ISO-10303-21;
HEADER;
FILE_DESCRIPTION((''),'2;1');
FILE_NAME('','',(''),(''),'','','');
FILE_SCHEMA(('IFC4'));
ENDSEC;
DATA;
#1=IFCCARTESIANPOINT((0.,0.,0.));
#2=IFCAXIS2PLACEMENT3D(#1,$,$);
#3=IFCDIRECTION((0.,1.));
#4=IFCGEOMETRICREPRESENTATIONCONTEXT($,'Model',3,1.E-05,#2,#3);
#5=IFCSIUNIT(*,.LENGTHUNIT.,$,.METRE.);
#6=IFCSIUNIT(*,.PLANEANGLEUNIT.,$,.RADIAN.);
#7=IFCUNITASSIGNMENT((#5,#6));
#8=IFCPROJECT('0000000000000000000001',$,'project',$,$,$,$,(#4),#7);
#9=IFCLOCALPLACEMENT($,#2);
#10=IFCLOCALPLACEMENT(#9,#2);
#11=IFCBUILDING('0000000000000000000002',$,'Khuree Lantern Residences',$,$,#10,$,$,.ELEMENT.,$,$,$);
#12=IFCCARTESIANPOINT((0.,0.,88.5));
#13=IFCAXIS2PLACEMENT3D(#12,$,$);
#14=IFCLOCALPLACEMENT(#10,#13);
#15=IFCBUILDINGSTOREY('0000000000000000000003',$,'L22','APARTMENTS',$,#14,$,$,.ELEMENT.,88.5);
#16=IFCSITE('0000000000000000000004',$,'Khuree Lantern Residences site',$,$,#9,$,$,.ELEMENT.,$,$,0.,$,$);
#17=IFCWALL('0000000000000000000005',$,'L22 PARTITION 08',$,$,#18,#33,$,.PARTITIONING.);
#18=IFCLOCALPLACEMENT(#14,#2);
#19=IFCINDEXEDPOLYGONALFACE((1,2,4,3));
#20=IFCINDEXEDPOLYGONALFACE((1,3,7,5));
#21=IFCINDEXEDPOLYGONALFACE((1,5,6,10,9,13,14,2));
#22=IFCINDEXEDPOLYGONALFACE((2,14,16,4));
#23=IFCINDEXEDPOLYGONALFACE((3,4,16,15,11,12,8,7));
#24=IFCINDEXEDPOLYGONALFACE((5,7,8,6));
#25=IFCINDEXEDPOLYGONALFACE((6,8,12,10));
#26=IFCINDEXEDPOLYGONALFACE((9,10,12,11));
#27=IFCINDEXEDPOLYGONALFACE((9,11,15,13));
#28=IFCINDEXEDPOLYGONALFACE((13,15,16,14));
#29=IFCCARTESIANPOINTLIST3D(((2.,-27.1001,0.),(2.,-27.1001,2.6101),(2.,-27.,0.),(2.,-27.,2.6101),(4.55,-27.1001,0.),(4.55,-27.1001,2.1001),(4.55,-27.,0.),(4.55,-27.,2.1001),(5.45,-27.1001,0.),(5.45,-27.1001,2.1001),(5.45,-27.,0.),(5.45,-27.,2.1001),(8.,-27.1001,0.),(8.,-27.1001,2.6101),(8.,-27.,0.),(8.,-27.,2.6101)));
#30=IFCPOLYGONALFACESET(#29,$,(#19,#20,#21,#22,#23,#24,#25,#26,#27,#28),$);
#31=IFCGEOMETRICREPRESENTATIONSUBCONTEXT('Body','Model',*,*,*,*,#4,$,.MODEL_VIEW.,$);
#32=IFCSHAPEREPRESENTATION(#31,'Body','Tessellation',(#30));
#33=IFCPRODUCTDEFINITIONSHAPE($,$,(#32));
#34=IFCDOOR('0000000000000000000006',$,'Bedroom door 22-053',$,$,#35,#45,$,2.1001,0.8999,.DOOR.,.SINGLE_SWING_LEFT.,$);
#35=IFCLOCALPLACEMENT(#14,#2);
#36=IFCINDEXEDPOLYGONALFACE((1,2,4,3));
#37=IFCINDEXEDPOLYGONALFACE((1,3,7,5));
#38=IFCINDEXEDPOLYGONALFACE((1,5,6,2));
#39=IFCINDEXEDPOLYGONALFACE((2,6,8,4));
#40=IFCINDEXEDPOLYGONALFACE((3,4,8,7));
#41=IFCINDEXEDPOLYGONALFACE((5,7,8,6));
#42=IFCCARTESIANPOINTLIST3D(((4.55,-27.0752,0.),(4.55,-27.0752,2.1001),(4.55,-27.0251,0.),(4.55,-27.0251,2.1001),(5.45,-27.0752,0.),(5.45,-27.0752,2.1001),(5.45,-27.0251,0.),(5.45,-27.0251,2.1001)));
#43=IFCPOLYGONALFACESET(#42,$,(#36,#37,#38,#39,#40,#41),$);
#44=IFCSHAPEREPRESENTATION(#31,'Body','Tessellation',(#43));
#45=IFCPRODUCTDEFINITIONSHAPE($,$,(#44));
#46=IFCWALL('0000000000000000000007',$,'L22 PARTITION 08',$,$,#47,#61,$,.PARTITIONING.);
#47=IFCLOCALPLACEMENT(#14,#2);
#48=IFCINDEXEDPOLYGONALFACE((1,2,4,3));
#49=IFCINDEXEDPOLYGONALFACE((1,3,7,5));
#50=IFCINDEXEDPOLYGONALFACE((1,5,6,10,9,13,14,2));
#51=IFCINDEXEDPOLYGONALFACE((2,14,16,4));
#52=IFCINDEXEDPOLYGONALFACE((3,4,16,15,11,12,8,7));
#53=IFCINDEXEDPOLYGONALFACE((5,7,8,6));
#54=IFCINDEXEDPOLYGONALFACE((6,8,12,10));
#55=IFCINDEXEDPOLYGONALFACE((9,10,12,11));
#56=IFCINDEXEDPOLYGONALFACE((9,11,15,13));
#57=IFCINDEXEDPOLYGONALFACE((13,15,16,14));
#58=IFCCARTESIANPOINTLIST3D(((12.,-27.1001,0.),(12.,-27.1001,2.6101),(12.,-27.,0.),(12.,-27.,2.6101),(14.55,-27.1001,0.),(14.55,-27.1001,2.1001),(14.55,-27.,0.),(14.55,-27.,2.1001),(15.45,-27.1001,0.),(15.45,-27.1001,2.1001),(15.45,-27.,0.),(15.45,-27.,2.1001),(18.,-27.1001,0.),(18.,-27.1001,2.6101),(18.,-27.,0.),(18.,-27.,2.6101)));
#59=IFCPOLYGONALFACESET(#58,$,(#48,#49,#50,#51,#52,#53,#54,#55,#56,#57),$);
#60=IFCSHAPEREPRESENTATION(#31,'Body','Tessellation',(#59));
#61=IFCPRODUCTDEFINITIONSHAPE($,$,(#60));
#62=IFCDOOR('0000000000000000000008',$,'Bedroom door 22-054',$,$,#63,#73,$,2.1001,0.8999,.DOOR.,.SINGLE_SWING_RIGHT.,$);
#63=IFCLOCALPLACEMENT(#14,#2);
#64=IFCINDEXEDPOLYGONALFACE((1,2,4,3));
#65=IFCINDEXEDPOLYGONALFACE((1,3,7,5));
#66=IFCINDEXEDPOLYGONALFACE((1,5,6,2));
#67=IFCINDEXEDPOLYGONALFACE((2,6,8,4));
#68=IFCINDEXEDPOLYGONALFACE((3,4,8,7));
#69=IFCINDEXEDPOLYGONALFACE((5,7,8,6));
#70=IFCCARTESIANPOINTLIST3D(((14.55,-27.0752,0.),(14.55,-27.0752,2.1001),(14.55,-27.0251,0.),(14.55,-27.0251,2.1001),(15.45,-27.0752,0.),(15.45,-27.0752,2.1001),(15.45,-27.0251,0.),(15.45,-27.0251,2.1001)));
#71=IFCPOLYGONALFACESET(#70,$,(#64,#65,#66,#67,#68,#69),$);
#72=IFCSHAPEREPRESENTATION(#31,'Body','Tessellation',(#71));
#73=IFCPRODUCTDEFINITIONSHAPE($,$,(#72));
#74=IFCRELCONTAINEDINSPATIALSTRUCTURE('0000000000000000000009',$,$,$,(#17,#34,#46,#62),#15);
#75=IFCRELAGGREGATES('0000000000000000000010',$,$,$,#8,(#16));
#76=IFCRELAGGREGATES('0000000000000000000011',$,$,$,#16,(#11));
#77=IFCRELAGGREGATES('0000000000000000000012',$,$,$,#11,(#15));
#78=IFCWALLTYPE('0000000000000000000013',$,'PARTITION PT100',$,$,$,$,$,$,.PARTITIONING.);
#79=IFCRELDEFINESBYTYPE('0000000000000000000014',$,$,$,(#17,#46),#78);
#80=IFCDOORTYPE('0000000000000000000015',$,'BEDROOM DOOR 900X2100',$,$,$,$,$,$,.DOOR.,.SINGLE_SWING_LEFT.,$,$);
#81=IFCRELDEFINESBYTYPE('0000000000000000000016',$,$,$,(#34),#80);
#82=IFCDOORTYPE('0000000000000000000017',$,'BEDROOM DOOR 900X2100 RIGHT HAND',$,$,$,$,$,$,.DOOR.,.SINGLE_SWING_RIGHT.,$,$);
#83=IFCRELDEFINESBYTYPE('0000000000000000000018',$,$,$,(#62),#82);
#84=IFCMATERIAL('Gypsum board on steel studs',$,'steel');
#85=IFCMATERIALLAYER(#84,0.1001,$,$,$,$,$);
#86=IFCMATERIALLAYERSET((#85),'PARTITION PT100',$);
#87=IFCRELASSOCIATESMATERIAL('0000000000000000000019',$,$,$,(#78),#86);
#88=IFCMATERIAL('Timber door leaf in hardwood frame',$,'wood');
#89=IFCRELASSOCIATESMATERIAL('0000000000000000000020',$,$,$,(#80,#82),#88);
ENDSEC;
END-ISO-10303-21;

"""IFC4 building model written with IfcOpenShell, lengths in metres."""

from ifc_helpers import new_model, si_unit, direction, frame, frame_2d, origin, place, context, subcontext, project, spatial, rectangle, extrude, material, layer, layer_set, type_object, element, fill, save


model = new_model("IFC4")

# Units and contexts
model_context = context("Model", 3, precision=1e-05, world=origin(), true_north=direction((0.0, 1.0)))
body_context = subcontext(model_context, "Body", "Model", "MODEL_VIEW")
ifc_project = project(units=[si_unit("LENGTHUNIT", "METRE"), si_unit("PLANEANGLEUNIT", "RADIAN")], contexts=[model_context])

# Site, building, storey
site_placement = place(None, origin())
site = spatial("IfcSite", under=ifc_project, at=site_placement, Name="Khuree Lantern Residences site", CompositionType="ELEMENT", RefElevation=0.0)
building_placement = place(site_placement, origin())
building = spatial("IfcBuilding", under=site, at=building_placement, Name="Khuree Lantern Residences", CompositionType="ELEMENT")
storey_placement = place(building_placement, frame((0.0, 0.0, 88.5)))
storey = spatial("IfcBuildingStorey", under=building, at=storey_placement, Name="L22", Description="APARTMENTS", CompositionType="ELEMENT", Elevation=88.5)

# Shared definitions
ifc_material_1 = material(Name="Timber door leaf in hardwood frame", Category="wood")

# Shared definitions
ifc_material_2 = material(Name="Gypsum board on steel studs", Category="steel")
ifc_layer_1 = layer(ifc_material_2, 0.1001)
ifc_layer_set_1 = layer_set([ifc_layer_1], Name="PARTITION PT100")
wall_type_1 = type_object("IfcWallType", Name="PARTITION PT100", PredefinedType="PARTITIONING", material=ifc_layer_set_1)

# Walls, openings, doors
wall_1_placement = place(storey_placement, frame((2.0, -27.05, 0.0), z_axis=(0.0, 0.0, 1.0), x_axis=(1.0, 0.0, 0.0)))
wall_1 = element("IfcWall", 1, at=wall_1_placement, inside=storey, type_object=wall_type_1, Name="L22 PARTITION 08", PredefinedType="PARTITIONING", context=body_context, shape_type="SweptSolid", body=[
    extrude(rectangle(XDim=6.0, YDim=0.1001, at=frame_2d((3.0, 0.0))), origin(), (0.0, 0.0, 1.0), 2.6101),
])
opening_1_placement = place(wall_1_placement, frame((2.55, 0.0, 0.0)))
opening_1 = element("IfcOpeningElement", 2, at=opening_1_placement, cuts=wall_1, PredefinedType="OPENING", context=body_context, shape_type="SweptSolid", body=[
    extrude(rectangle(XDim=0.8999, YDim=2.1001, at=frame_2d((0.45, 1.05))), frame((0.0, 0.0601, 0.0), z_axis=(0.0, -1.0, 0.0), x_axis=(1.0, 0.0, 0.0)), (0.0, 0.0, 1.0), 0.1201),
])
door_type_1 = type_object("IfcDoorType", Name="BEDROOM DOOR 900X2100", OperationType="SINGLE_SWING_LEFT", PredefinedType="DOOR", material=ifc_material_1)
door_1_placement = place(opening_1_placement, origin())
door_1 = element("IfcDoor", 3, at=door_1_placement, inside=storey, type_object=door_type_1, Name="Bedroom door 22-053", OperationType="SINGLE_SWING_LEFT", OverallHeight=2.1001, OverallWidth=0.8999, PredefinedType="DOOR", context=body_context, shape_type="SweptSolid", body=[
    extrude(rectangle(XDim=0.8999, YDim=2.1001, at=frame_2d((0.45, 1.05))), frame((0.0, 0.0249, 0.0), z_axis=(0.0, -1.0, 0.0), x_axis=(1.0, 0.0, 0.0)), (0.0, 0.0, 1.0), 0.05),
])
fill(opening_1, door_1)
wall_2_placement = place(storey_placement, frame((12.0, -27.05, 0.0), z_axis=(0.0, 0.0, 1.0), x_axis=(1.0, 0.0, 0.0)))
wall_2 = element("IfcWall", 4, at=wall_2_placement, inside=storey, type_object=wall_type_1, Name="L22 PARTITION 08", PredefinedType="PARTITIONING", context=body_context, shape_type="SweptSolid", body=[
    extrude(rectangle(XDim=6.0, YDim=0.1001, at=frame_2d((3.0, 0.0))), origin(), (0.0, 0.0, 1.0), 2.6101),
])
opening_2_placement = place(wall_2_placement, frame((2.55, 0.0, 0.0)))
opening_2 = element("IfcOpeningElement", 5, at=opening_2_placement, cuts=wall_2, PredefinedType="OPENING", context=body_context, shape_type="SweptSolid", body=[
    extrude(rectangle(XDim=0.8999, YDim=2.1001, at=frame_2d((0.45, 1.05))), frame((0.0, 0.0601, 0.0), z_axis=(0.0, -1.0, 0.0), x_axis=(1.0, 0.0, 0.0)), (0.0, 0.0, 1.0), 0.1201),
])
door_type_2 = type_object("IfcDoorType", Name="BEDROOM DOOR 900X2100 RIGHT HAND", OperationType="SINGLE_SWING_RIGHT", PredefinedType="DOOR", material=ifc_material_1)
door_2_placement = place(opening_2_placement, origin())
door_2 = element("IfcDoor", 6, at=door_2_placement, inside=storey, type_object=door_type_2, Name="Bedroom door 22-054", OperationType="SINGLE_SWING_RIGHT", OverallHeight=2.1001, OverallWidth=0.8999, PredefinedType="DOOR", context=body_context, shape_type="SweptSolid", body=[
    extrude(rectangle(XDim=0.8999, YDim=2.1001, at=frame_2d((0.45, 1.05))), frame((0.0, 0.0249, 0.0), z_axis=(0.0, -1.0, 0.0), x_axis=(1.0, 0.0, 0.0)), (0.0, 0.0, 1.0), 0.05),
])
fill(opening_2, door_2)

save(model, "model.ifc")
